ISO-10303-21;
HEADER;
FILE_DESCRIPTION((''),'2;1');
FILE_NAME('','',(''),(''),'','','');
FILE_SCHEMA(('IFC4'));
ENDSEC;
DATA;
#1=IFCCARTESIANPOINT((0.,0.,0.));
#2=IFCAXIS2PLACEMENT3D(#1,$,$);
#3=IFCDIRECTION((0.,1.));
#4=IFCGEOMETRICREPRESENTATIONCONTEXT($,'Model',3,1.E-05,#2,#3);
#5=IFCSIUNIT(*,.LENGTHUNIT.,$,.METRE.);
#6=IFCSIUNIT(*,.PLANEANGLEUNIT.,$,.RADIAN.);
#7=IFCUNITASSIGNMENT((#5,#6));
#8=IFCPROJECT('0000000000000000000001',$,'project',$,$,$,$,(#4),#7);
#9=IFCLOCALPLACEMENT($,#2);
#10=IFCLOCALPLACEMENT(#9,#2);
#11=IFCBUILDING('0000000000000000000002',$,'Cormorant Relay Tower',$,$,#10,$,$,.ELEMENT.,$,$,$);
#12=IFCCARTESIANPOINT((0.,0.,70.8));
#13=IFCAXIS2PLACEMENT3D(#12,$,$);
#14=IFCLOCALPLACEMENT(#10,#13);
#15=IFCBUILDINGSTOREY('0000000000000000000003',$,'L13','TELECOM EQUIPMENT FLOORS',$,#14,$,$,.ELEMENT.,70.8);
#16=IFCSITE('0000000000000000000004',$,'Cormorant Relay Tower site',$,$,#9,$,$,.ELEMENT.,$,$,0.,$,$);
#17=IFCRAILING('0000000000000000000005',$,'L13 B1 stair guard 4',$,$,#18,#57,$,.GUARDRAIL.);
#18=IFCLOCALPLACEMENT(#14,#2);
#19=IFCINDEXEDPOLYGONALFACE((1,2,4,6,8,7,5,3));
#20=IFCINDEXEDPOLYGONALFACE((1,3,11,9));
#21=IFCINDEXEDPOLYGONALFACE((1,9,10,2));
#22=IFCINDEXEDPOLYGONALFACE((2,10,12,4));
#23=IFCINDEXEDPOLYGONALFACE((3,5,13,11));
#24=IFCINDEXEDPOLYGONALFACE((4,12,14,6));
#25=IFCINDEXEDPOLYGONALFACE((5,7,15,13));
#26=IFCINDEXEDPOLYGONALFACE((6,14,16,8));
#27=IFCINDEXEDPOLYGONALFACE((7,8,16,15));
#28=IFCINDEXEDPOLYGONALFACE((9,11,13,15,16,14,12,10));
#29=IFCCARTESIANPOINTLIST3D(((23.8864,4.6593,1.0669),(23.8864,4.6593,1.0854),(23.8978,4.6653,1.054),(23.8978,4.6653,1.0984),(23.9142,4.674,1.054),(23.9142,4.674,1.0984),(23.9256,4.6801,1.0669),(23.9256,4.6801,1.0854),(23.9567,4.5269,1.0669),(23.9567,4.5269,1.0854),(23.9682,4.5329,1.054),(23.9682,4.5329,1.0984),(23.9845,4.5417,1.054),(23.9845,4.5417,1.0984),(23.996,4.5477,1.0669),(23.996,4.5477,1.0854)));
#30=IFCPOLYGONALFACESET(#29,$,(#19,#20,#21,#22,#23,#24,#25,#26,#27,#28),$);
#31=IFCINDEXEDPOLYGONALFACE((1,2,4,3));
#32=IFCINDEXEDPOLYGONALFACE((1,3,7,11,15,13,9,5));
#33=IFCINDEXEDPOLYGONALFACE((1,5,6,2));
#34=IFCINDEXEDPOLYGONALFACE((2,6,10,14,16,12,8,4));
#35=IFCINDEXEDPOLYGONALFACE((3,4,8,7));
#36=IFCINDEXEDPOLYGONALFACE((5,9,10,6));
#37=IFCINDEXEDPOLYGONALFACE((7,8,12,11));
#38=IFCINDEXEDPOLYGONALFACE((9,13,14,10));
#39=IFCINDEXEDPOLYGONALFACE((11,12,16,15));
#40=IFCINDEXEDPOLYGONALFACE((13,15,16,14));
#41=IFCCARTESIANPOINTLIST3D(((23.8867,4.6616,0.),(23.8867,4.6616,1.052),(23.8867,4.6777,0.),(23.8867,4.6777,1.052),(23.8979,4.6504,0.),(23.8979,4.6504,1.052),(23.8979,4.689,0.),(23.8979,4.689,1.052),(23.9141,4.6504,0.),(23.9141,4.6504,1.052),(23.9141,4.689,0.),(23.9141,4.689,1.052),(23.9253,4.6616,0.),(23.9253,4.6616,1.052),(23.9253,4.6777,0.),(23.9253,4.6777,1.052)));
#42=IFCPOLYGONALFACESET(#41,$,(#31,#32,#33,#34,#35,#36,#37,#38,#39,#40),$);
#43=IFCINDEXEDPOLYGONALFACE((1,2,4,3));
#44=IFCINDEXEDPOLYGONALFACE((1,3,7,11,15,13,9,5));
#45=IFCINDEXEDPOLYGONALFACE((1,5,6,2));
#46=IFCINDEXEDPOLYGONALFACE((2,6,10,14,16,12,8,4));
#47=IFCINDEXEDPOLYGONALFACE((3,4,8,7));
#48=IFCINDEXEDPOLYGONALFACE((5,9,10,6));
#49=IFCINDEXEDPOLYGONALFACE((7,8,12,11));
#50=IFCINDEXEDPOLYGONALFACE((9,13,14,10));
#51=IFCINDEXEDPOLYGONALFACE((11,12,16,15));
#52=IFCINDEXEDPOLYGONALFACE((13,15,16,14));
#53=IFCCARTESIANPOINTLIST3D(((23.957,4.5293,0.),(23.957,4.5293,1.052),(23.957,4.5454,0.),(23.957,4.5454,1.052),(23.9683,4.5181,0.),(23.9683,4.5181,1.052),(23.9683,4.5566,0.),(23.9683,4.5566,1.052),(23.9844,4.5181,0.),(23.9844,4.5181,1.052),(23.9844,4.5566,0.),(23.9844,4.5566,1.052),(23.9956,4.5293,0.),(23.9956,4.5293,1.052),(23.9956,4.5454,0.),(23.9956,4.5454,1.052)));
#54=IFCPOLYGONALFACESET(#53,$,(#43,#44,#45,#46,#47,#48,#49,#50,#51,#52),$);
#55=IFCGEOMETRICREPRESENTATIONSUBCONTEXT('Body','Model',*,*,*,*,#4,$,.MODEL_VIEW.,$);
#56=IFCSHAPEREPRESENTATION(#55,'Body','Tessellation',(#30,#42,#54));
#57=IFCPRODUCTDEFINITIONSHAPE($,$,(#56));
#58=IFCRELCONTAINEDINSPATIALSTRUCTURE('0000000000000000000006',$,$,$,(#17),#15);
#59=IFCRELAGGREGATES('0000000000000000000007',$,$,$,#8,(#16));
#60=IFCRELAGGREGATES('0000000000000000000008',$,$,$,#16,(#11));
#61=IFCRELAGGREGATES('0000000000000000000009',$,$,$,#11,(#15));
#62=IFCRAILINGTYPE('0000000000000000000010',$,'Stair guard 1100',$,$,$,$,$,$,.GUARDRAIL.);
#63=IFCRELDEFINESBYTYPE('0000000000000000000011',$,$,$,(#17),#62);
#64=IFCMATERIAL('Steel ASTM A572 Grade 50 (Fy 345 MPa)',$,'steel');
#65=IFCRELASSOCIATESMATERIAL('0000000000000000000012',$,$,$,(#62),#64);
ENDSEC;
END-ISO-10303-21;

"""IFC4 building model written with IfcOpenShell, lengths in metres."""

from ifc_helpers import new_model, si_unit, direction, frame, origin, place, context, subcontext, project, spatial, polyline, outline, extrude, material, type_object, element, save


model = new_model("IFC4")

# Units and contexts
model_context = context("Model", 3, precision=1e-05, world=origin(), true_north=direction((0.0, 1.0)))
body_context = subcontext(model_context, "Body", "Model", "MODEL_VIEW")
ifc_project = project(units=[si_unit("LENGTHUNIT", "METRE"), si_unit("PLANEANGLEUNIT", "RADIAN")], contexts=[model_context])

# Site, building, storey
site_placement = place(None, origin())
site = spatial("IfcSite", under=ifc_project, at=site_placement, Name="Cormorant Relay Tower site", CompositionType="ELEMENT", RefElevation=0.0)
building_placement = place(site_placement, origin())
building = spatial("IfcBuilding", under=site, at=building_placement, Name="Cormorant Relay Tower", CompositionType="ELEMENT")
storey_placement = place(building_placement, frame((0.0, 0.0, 70.8)))
storey = spatial("IfcBuildingStorey", under=building, at=storey_placement, Name="L13", Description="TELECOM EQUIPMENT FLOORS", CompositionType="ELEMENT", Elevation=70.8)

# Railing
ifc_material_1 = material(Name="Steel ASTM A572 Grade 50 (Fy 345 MPa)", Category="steel")
railing_type = type_object("IfcRailingType", Name="Stair guard 1100", PredefinedType="GUARDRAIL", material=ifc_material_1)
railing_1_placement = place(storey_placement, frame((23.906, 4.6697, 0.0)))
element("IfcRailing", 1, at=railing_1_placement, inside=storey, type_object=railing_type, Name="L13 B1 stair guard 4", PredefinedType="GUARDRAIL", context=body_context, shape_type="SweptSolid", body=[
    extrude(outline(polyline([(0.0222, 0.0093), (0.0093, 0.0222), (-0.0093, 0.0222), (-0.0222, 0.0093), (-0.0222, -0.0093), (-0.0093, -0.0222), (0.0093, -0.0222), (0.0222, -0.0093), (0.0222, 0.0093)])), frame((0.0, 0.0, 1.0762), z_axis=(0.469235, -0.883074, 0.0), x_axis=(0.883074, 0.469235, 0.0)), (0.0, 0.0, 1.0), 0.1499),
    extrude(outline(polyline([(0.0193, 0.0081), (0.0081, 0.0193), (-0.0081, 0.0193), (-0.0193, 0.0081), (-0.0193, -0.0081), (-0.0081, -0.0193), (0.0081, -0.0193), (0.0193, -0.0081), (0.0193, 0.0081)])), origin(), (0.0, 0.0, 1.0), 1.052),
    extrude(outline(polyline([(0.0193, 0.0081), (0.0081, 0.0193), (-0.0081, 0.0193), (-0.0193, 0.0081), (-0.0193, -0.0081), (-0.0081, -0.0193), (0.0081, -0.0193), (0.0193, -0.0081), (0.0193, 0.0081)])), frame((0.0703, -0.1323, 0.0)), (0.0, 0.0, 1.0), 1.052),
])

save(model, "model.ifc")
